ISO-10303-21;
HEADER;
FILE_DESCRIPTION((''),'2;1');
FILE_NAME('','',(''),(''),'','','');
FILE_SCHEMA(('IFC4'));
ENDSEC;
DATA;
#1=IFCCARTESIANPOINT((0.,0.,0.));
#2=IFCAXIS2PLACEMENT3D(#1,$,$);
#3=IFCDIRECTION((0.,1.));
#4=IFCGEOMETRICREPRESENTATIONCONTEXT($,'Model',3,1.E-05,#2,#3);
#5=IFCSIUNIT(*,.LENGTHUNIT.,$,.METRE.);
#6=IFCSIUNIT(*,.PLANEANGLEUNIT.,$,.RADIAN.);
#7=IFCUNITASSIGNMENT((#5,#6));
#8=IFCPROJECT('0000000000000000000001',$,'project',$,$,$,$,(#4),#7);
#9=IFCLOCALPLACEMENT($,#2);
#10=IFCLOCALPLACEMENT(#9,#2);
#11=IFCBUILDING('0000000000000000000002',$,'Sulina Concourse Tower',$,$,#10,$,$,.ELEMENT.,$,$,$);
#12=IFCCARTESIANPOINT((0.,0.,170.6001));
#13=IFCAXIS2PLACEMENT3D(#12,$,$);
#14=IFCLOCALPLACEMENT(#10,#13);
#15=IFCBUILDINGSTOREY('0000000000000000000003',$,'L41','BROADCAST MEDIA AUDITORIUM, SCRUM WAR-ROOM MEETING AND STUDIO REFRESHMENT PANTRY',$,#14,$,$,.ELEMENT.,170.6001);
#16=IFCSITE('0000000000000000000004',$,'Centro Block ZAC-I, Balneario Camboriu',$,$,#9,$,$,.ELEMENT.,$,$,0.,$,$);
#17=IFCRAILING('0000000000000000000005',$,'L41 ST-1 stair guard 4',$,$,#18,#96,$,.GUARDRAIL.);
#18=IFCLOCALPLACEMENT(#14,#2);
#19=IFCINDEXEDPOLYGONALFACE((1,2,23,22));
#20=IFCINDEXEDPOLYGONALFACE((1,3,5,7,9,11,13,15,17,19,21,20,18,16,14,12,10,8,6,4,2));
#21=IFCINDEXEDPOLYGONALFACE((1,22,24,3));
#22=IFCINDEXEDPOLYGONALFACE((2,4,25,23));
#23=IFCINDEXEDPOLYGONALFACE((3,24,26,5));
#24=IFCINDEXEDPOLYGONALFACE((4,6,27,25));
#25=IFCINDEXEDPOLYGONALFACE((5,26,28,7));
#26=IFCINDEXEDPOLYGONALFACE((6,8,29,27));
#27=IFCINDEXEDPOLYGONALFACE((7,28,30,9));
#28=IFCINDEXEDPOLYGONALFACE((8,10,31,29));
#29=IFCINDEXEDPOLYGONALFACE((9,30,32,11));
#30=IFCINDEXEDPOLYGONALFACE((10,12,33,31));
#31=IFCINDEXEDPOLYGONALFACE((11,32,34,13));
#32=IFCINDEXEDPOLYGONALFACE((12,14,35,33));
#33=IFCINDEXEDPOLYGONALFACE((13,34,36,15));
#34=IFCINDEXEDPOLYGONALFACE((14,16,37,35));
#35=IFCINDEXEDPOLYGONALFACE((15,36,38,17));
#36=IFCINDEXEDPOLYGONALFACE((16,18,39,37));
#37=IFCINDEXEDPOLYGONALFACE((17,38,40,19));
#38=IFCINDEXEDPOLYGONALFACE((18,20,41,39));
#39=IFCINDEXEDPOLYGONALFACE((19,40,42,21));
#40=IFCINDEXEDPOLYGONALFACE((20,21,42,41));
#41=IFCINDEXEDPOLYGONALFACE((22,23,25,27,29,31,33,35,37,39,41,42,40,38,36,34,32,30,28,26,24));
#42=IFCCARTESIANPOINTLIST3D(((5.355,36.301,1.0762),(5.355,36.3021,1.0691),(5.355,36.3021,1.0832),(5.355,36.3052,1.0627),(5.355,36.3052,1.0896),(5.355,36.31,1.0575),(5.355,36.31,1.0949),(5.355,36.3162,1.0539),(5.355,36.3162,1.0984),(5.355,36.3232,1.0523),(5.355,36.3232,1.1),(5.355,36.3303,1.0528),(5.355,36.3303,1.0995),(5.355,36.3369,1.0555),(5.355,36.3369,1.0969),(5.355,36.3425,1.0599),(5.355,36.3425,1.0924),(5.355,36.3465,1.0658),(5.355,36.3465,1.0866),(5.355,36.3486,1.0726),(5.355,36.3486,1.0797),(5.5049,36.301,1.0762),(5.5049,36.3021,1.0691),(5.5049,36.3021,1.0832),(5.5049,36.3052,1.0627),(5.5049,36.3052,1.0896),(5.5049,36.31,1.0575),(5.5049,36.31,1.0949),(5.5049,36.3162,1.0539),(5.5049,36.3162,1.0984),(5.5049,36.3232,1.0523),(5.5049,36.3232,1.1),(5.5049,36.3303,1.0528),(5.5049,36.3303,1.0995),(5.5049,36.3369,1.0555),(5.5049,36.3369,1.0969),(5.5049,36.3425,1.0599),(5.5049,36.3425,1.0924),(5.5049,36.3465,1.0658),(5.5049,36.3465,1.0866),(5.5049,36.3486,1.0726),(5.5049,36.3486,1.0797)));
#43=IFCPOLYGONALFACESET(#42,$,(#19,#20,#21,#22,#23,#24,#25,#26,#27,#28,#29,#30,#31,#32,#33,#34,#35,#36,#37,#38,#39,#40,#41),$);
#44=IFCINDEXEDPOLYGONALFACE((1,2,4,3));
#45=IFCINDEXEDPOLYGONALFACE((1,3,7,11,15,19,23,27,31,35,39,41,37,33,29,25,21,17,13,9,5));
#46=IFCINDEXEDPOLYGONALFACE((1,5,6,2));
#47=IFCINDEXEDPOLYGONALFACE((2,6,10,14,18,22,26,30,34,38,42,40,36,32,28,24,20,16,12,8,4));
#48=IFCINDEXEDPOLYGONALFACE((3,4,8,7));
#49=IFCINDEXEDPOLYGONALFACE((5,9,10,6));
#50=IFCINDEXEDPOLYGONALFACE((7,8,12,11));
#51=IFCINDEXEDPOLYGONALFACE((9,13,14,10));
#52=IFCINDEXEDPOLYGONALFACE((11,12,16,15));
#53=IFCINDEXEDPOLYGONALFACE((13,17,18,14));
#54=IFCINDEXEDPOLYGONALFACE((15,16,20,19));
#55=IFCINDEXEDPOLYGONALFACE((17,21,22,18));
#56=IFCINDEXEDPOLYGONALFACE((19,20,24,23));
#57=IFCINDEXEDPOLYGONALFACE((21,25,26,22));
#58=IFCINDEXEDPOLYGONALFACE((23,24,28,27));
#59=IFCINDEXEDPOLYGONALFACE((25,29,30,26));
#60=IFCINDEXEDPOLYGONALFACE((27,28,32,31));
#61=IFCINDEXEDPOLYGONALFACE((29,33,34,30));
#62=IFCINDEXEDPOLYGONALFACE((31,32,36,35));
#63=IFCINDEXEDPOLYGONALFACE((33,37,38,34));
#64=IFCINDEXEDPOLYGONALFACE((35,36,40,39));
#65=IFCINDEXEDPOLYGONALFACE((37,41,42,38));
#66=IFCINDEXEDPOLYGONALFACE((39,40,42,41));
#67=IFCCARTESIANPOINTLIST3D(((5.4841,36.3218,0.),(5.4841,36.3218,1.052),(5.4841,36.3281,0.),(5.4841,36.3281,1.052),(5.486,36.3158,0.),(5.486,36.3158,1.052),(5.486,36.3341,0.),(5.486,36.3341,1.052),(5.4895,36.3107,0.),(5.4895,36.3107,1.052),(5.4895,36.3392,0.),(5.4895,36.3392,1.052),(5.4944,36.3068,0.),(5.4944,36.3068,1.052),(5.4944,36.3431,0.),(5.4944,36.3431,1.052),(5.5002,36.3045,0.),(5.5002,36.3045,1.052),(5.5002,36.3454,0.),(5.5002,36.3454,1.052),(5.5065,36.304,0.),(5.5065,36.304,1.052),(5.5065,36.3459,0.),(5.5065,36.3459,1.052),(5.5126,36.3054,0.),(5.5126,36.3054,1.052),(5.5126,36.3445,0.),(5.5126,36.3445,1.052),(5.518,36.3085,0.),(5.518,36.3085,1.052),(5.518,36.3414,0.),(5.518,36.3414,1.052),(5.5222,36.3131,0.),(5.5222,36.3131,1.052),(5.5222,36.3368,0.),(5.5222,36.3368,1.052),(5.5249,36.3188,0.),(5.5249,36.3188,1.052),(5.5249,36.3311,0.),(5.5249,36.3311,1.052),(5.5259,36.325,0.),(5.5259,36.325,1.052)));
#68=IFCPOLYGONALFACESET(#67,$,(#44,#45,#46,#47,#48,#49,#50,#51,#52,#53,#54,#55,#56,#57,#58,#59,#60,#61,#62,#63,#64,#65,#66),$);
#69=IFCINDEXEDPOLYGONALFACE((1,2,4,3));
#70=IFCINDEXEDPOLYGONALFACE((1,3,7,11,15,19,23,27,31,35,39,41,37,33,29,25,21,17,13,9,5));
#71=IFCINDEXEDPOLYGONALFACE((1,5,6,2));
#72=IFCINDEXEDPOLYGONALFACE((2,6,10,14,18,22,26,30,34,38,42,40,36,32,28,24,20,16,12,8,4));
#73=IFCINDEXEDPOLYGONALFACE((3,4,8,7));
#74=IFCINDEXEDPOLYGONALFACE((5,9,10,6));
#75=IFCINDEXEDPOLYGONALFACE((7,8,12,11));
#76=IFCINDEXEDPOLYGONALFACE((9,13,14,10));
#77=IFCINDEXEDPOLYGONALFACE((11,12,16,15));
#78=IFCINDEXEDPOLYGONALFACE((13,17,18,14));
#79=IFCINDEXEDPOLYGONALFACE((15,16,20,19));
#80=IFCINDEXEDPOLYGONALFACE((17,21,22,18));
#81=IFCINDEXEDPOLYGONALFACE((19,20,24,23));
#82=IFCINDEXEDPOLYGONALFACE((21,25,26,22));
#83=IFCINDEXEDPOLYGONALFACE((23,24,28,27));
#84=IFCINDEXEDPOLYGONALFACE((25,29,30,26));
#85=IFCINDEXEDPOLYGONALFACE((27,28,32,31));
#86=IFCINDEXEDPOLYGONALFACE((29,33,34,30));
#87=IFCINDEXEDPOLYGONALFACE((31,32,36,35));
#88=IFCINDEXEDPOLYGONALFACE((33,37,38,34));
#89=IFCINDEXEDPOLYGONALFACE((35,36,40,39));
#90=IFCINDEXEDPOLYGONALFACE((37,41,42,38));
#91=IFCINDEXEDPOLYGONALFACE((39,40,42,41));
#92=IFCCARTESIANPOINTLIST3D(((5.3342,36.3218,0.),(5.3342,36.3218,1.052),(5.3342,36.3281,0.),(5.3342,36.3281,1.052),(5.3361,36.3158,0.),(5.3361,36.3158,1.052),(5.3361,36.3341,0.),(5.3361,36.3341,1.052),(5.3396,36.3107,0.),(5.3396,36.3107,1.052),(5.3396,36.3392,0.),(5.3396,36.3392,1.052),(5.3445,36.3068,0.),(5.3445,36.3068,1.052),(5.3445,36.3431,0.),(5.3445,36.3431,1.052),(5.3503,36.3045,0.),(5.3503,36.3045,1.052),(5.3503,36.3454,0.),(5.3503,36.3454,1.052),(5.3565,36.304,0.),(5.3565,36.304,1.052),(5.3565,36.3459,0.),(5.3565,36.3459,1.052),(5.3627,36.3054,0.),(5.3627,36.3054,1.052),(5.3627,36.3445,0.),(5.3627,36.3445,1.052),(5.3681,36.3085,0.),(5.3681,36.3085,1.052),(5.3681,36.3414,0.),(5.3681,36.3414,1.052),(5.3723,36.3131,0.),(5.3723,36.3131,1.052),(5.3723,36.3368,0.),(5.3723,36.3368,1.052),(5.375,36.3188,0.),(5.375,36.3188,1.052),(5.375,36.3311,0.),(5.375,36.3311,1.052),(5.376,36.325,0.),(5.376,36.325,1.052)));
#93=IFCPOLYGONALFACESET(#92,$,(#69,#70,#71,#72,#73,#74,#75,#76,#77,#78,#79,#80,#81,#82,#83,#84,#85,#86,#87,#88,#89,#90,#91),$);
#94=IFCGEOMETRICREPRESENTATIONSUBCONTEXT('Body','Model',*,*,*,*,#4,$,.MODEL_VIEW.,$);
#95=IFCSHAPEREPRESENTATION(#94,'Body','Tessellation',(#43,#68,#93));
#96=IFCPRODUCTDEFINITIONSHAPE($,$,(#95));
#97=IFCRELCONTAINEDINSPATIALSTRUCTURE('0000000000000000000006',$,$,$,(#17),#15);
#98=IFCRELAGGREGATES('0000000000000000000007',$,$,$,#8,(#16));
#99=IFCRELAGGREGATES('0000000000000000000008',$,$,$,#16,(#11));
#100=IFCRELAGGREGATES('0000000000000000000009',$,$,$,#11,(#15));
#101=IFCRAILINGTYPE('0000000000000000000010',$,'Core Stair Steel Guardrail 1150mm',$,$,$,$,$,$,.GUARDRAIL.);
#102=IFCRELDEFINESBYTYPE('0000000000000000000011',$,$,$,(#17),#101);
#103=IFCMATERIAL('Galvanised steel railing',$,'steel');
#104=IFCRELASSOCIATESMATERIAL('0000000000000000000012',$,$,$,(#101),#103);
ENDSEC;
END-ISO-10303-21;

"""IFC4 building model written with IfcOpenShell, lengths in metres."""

from ifc_helpers import new_model, si_unit, direction, frame, origin, origin_2d, place, context, subcontext, project, spatial, circle, extrude, material, type_object, element, save


model = new_model("IFC4")

# Units and contexts
model_context = context("Model", 3, precision=1e-05, world=origin(), true_north=direction((0.0, 1.0)))
body_context = subcontext(model_context, "Body", "Model", "MODEL_VIEW")
ifc_project = project(units=[si_unit("LENGTHUNIT", "METRE"), si_unit("PLANEANGLEUNIT", "RADIAN")], contexts=[model_context])

# Site, building, storey
site_placement = place(None, origin())
site = spatial("IfcSite", under=ifc_project, at=site_placement, Name="Centro Block ZAC-I, Balneario Camboriu", CompositionType="ELEMENT", RefElevation=0.0)
building_placement = place(site_placement, origin())
building = spatial("IfcBuilding", under=site, at=building_placement, Name="Sulina Concourse Tower", CompositionType="ELEMENT")
storey_placement = place(building_placement, frame((0.0, 0.0, 170.6001)))
storey = spatial("IfcBuildingStorey", under=building, at=storey_placement, Name="L41", Description="BROADCAST MEDIA AUDITORIUM, SCRUM WAR-ROOM MEETING AND STUDIO REFRESHMENT PANTRY", CompositionType="ELEMENT", Elevation=170.6001)

# Railing
ifc_material_1 = material(Name="Galvanised steel railing", Category="steel")
railing_type_1 = type_object("IfcRailingType", Name="Core Stair Steel Guardrail 1150mm", PredefinedType="GUARDRAIL", material=ifc_material_1)
railing_1_placement = place(storey_placement, frame((5.5049, 36.325, 0.0)))
element("IfcRailing", 1, at=railing_1_placement, inside=storey, type_object=railing_type_1, Name="L41 ST-1 stair guard 4", PredefinedType="GUARDRAIL", context=body_context, shape_type="SweptSolid", body=[
    extrude(circle(Radius=0.0239, at=origin_2d()), frame((0.0, 0.0, 1.0762), z_axis=(-1.0, 0.0, 0.0), x_axis=(0.0, -1.0, 0.0)), (0.0, 0.0, 1.0), 0.1499),
    extrude(circle(Radius=0.021, at=origin_2d()), origin(), (0.0, 0.0, 1.0), 1.052),
    extrude(circle(Radius=0.021, at=origin_2d()), frame((-0.1499, 0.0, 0.0)), (0.0, 0.0, 1.0), 1.052),
])

save(model, "model.ifc")
